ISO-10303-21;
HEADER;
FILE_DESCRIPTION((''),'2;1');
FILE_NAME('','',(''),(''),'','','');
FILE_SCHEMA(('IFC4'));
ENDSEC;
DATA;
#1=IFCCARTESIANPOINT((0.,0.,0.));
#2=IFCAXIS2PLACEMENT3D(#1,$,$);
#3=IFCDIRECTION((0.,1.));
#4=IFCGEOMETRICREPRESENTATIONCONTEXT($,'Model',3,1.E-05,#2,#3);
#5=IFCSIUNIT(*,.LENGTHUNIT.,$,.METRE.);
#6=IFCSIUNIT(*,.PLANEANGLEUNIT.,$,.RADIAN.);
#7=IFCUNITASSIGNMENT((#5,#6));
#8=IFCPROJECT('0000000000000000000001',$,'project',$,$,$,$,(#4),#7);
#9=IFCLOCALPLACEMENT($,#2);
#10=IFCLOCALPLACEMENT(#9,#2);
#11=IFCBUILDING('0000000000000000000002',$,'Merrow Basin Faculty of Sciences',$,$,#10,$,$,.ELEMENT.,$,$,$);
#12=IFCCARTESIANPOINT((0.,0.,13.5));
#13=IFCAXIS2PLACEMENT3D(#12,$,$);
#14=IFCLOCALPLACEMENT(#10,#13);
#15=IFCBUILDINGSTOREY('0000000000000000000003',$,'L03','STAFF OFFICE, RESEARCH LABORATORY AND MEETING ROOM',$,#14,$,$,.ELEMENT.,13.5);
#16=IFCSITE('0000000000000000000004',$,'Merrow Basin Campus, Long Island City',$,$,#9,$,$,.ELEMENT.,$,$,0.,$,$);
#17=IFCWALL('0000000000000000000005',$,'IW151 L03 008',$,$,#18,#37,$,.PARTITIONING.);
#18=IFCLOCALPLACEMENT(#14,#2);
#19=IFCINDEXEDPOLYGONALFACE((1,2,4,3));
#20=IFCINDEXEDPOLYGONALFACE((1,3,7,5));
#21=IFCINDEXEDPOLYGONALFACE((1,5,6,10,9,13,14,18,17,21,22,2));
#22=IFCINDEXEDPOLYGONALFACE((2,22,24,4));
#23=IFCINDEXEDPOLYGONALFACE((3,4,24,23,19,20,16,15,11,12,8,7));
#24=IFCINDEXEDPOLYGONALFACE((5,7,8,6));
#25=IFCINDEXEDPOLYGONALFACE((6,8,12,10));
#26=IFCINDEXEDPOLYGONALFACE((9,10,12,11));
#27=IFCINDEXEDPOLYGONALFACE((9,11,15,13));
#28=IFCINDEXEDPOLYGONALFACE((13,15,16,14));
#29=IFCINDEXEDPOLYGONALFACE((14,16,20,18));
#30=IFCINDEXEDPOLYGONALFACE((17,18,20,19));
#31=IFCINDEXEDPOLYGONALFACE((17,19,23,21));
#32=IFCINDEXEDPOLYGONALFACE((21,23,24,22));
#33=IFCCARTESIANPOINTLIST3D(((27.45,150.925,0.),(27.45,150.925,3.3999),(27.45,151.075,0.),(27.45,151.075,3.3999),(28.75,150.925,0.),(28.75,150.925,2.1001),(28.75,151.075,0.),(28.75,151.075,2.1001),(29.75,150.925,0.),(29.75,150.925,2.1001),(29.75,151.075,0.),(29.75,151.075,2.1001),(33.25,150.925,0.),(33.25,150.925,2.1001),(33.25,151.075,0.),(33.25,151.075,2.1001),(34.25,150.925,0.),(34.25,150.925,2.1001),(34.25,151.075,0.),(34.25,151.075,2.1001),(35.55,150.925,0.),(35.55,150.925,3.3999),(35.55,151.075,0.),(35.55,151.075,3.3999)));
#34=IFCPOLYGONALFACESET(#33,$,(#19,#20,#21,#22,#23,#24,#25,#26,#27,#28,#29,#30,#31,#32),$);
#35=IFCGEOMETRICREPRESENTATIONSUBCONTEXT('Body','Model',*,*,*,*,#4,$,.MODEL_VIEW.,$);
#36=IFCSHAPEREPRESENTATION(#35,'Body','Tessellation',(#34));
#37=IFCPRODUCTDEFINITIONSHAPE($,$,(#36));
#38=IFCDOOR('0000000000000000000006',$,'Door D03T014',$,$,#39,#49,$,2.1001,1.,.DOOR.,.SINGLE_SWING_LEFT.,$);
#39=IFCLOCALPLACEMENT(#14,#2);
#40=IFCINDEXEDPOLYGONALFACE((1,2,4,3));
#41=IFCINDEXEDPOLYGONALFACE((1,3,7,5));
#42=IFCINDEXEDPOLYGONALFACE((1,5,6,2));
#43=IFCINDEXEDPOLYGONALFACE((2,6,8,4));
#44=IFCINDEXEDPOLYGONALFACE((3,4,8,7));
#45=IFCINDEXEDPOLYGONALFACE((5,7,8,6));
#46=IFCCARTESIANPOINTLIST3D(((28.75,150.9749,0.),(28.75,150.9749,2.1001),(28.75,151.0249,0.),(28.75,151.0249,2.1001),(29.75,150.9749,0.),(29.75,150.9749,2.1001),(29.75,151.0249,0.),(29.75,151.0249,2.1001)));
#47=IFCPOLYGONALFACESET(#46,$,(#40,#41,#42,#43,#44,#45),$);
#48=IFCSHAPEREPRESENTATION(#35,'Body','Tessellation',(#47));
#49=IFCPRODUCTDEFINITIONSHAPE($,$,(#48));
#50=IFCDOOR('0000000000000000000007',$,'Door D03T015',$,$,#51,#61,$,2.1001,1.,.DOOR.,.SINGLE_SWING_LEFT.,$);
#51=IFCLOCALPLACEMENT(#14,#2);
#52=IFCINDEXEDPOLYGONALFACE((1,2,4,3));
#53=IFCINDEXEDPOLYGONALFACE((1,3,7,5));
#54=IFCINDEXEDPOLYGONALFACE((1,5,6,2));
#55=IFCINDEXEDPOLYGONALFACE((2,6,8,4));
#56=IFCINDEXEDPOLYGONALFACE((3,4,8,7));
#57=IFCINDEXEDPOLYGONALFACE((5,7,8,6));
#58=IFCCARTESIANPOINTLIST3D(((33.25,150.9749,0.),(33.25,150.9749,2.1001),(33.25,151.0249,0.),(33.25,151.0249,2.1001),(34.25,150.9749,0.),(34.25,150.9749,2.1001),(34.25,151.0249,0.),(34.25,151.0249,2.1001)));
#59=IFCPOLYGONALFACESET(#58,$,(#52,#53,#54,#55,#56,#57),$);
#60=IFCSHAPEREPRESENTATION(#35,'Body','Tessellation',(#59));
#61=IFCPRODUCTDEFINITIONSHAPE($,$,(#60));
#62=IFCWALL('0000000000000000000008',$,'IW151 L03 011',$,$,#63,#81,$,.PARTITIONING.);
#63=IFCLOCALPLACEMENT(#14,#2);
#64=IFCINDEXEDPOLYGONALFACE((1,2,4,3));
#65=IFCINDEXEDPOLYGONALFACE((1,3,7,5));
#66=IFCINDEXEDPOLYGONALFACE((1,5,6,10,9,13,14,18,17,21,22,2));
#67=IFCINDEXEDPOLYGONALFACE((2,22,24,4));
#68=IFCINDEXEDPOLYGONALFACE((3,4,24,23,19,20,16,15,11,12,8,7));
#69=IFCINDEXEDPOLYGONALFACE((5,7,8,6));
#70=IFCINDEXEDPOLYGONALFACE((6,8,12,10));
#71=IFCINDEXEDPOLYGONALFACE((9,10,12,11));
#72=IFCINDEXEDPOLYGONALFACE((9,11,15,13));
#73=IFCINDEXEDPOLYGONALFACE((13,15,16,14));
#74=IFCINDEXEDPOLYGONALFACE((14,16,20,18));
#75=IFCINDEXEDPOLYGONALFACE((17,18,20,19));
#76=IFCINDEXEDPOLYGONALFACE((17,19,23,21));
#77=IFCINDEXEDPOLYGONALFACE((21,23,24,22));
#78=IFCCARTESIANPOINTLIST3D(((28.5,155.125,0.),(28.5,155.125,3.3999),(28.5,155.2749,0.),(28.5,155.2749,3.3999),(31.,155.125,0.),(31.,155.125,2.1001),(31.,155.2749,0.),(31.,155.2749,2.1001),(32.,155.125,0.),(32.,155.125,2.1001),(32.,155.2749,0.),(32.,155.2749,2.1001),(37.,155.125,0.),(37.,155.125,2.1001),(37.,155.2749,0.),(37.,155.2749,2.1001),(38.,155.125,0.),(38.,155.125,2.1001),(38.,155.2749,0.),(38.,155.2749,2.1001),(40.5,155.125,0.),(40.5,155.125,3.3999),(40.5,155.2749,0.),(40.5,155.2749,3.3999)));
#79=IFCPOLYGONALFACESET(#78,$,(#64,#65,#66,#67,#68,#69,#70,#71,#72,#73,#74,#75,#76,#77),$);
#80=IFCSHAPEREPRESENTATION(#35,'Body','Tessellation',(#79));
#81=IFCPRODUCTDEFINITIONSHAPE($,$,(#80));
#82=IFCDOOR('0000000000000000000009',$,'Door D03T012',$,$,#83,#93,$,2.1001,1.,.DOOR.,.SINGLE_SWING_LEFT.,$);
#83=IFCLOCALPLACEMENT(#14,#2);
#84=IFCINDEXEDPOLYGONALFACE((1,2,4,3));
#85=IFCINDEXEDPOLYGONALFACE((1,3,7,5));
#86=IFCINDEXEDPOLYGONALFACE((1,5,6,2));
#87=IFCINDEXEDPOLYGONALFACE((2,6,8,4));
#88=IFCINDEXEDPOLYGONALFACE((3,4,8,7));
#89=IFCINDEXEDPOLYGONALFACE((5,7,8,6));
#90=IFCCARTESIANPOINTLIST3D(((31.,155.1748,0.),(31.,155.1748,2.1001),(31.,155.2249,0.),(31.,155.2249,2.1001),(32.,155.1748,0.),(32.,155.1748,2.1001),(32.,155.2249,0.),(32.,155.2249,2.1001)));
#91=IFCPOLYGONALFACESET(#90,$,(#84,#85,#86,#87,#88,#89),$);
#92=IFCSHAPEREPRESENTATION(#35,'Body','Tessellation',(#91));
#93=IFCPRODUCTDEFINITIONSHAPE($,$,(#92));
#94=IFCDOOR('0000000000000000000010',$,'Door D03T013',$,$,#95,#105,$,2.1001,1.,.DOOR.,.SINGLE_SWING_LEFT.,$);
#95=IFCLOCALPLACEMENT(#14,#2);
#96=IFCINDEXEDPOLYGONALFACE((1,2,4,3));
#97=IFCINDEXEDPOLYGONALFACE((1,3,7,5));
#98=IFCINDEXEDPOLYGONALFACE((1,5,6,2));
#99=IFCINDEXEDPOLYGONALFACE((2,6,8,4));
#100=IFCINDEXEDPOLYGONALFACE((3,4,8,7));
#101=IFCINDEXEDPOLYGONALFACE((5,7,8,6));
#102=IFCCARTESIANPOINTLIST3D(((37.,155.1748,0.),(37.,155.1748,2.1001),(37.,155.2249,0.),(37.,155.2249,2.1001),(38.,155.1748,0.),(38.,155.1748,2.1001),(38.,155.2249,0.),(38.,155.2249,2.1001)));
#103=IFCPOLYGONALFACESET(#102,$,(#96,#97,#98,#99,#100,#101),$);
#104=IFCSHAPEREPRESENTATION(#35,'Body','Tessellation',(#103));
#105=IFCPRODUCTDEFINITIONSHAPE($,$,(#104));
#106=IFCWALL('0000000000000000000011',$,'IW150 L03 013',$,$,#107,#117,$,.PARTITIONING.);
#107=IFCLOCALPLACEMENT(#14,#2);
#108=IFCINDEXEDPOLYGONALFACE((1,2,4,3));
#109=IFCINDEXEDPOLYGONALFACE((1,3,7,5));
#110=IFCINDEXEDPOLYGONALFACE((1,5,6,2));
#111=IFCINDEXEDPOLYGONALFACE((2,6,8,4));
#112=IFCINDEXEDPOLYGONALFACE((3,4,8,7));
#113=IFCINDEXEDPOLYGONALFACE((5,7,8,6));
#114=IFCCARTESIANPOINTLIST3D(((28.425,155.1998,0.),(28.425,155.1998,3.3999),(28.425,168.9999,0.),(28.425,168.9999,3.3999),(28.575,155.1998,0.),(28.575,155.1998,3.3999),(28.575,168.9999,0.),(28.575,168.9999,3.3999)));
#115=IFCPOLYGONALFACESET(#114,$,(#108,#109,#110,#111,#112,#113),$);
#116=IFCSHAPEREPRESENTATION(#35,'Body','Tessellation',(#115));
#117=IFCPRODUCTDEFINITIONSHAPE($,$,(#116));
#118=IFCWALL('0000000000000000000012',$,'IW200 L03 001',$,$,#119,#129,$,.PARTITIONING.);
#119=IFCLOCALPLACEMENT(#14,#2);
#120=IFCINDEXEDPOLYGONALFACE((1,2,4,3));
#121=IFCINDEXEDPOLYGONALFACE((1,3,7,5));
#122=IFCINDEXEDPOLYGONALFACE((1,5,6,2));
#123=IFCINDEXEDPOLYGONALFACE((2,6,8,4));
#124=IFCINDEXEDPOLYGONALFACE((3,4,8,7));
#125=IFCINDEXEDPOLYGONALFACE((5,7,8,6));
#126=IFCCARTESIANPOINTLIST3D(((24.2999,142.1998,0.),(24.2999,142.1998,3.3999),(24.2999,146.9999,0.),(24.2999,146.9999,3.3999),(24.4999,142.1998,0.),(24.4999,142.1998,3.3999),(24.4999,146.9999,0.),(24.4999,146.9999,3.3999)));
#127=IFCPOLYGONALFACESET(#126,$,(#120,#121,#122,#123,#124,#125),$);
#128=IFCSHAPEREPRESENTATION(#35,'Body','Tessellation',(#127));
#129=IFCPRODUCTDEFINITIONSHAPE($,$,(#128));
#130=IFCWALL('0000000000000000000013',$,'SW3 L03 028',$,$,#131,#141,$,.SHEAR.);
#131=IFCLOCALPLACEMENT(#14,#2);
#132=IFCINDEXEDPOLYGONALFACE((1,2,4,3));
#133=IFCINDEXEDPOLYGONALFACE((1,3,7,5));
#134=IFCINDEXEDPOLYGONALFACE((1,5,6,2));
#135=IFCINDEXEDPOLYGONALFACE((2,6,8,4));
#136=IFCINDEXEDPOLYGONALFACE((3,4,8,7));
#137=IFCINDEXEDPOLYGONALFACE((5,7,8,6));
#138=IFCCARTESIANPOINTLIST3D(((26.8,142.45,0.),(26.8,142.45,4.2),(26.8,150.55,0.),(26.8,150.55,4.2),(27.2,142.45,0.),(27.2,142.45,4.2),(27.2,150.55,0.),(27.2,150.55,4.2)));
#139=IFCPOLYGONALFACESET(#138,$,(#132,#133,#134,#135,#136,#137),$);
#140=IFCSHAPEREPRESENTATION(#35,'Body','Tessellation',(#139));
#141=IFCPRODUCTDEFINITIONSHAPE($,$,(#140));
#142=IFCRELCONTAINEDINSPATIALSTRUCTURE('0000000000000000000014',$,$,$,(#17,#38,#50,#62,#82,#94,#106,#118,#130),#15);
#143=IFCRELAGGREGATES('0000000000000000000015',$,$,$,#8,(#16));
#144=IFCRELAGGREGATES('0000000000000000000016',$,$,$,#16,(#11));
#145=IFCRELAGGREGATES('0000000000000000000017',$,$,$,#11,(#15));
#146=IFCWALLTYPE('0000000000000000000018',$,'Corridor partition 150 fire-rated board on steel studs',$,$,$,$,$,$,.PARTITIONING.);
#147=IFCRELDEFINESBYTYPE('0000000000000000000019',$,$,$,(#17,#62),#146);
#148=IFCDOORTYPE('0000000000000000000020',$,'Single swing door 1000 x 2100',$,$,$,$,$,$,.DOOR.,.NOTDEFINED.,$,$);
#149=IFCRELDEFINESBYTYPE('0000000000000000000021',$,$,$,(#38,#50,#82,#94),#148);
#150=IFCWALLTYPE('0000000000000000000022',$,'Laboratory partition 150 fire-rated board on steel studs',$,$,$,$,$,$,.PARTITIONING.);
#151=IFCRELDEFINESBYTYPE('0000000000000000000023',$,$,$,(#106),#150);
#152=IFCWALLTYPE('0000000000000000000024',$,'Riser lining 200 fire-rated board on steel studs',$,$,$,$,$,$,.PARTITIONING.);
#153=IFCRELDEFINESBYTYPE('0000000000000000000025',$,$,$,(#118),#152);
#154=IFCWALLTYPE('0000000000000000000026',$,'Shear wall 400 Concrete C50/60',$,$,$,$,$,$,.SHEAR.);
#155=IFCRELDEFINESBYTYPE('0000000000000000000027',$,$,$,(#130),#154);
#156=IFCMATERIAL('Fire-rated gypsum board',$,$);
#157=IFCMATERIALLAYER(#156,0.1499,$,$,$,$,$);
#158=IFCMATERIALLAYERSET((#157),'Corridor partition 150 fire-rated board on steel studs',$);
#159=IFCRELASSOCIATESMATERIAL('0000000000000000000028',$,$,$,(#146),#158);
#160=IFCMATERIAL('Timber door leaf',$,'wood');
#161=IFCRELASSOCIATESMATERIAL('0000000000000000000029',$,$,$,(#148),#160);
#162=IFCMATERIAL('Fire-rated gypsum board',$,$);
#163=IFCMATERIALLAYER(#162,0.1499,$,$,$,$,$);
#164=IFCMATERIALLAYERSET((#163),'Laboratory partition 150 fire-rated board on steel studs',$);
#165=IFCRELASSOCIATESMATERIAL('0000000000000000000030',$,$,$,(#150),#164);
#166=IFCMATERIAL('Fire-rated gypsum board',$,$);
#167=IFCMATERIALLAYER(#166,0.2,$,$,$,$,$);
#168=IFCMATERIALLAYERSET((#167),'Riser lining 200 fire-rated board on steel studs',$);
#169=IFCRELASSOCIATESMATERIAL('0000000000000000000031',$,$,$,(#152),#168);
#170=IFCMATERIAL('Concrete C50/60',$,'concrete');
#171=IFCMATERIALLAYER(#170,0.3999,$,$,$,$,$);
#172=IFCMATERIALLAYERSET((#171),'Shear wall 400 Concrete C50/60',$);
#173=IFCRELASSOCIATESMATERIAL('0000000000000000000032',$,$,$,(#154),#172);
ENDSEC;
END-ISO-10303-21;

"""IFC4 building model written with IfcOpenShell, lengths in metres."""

from ifc_helpers import new_model, si_unit, direction, frame, frame_2d, origin, place, context, subcontext, project, spatial, rectangle, extrude, material, layer, layer_set, type_object, element, fill, save


model = new_model("IFC4")

# Units and contexts
model_context = context("Model", 3, precision=1e-05, world=origin(), true_north=direction((0.0, 1.0)))
body_context = subcontext(model_context, "Body", "Model", "MODEL_VIEW")
ifc_project = project(units=[si_unit("LENGTHUNIT", "METRE"), si_unit("PLANEANGLEUNIT", "RADIAN")], contexts=[model_context])

# Site, building, storey
site_placement = place(None, origin())
site = spatial("IfcSite", under=ifc_project, at=site_placement, Name="Merrow Basin Campus, Long Island City", CompositionType="ELEMENT", RefElevation=0.0)
building_placement = place(site_placement, origin())
building = spatial("IfcBuilding", under=site, at=building_placement, Name="Merrow Basin Faculty of Sciences", CompositionType="ELEMENT")
storey_placement = place(building_placement, frame((0.0, 0.0, 13.5)))
storey = spatial("IfcBuildingStorey", under=building, at=storey_placement, Name="L03", Description="STAFF OFFICE, RESEARCH LABORATORY AND MEETING ROOM", CompositionType="ELEMENT", Elevation=13.5)

# Shared definitions
ifc_material_1 = material(Name="Fire-rated gypsum board")
ifc_layer_1 = layer(ifc_material_1, 0.1499)
ifc_layer_set_1 = layer_set([ifc_layer_1], Name="Corridor partition 150 fire-rated board on steel studs")
wall_type_1 = type_object("IfcWallType", Name="Corridor partition 150 fire-rated board on steel studs", PredefinedType="PARTITIONING", material=ifc_layer_set_1)

# Walls, openings, doors
wall_1_placement = place(storey_placement, frame((27.45, 151.0, 0.0), z_axis=(0.0, 0.0, 1.0), x_axis=(1.0, 0.0, 0.0)))
wall_1 = element("IfcWall", 1, at=wall_1_placement, inside=storey, type_object=wall_type_1, Name="IW151 L03 008", PredefinedType="PARTITIONING", context=body_context, shape_type="SweptSolid", body=[
    extrude(rectangle(XDim=8.1001, YDim=0.1499, at=frame_2d((4.05, 0.0))), origin(), (0.0, 0.0, 1.0), 3.3999),
])
opening_1_placement = place(wall_1_placement, frame((1.3, 0.0, 0.0)))
opening_1 = element("IfcOpeningElement", 2, at=opening_1_placement, cuts=wall_1, PredefinedType="OPENING", context=body_context, shape_type="SweptSolid", body=[
    extrude(rectangle(XDim=1.0, YDim=2.1001, at=frame_2d((0.5, 1.05))), frame((0.0, 0.085, 0.0), z_axis=(0.0, -1.0, 0.0), x_axis=(1.0, 0.0, 0.0)), (0.0, 0.0, 1.0), 0.1699),
])
opening_2_placement = place(wall_1_placement, frame((5.8, 0.0, 0.0)))
opening_2 = element("IfcOpeningElement", 3, at=opening_2_placement, cuts=wall_1, PredefinedType="OPENING", context=body_context, shape_type="SweptSolid", body=[
    extrude(rectangle(XDim=1.0, YDim=2.1001, at=frame_2d((0.5, 1.05))), frame((0.0, 0.085, 0.0), z_axis=(0.0, -1.0, 0.0), x_axis=(1.0, 0.0, 0.0)), (0.0, 0.0, 1.0), 0.1699),
])
ifc_material_2 = material(Name="Timber door leaf", Category="wood")
door_type_1 = type_object("IfcDoorType", Name="Single swing door 1000 x 2100", OperationType="NOTDEFINED", PredefinedType="DOOR", material=ifc_material_2)
door_1_placement = place(opening_1_placement, origin())
door_1 = element("IfcDoor", 4, at=door_1_placement, inside=storey, type_object=door_type_1, Name="Door D03T014", OperationType="SINGLE_SWING_LEFT", OverallHeight=2.1001, OverallWidth=1.0, PredefinedType="DOOR", context=body_context, shape_type="SweptSolid", body=[
    extrude(rectangle(XDim=1.0, YDim=2.1001, at=frame_2d((0.5, 1.05))), frame((0.0, 0.0249, 0.0), z_axis=(0.0, -1.0, 0.0), x_axis=(1.0, 0.0, 0.0)), (0.0, 0.0, 1.0), 0.05),
])
fill(opening_1, door_1)
door_2_placement = place(opening_2_placement, origin())
door_2 = element("IfcDoor", 5, at=door_2_placement, inside=storey, type_object=door_type_1, Name="Door D03T015", OperationType="SINGLE_SWING_LEFT", OverallHeight=2.1001, OverallWidth=1.0, PredefinedType="DOOR", context=body_context, shape_type="SweptSolid", body=[
    extrude(rectangle(XDim=1.0, YDim=2.1001, at=frame_2d((0.5, 1.05))), frame((0.0, 0.0249, 0.0), z_axis=(0.0, -1.0, 0.0), x_axis=(1.0, 0.0, 0.0)), (0.0, 0.0, 1.0), 0.05),
])
fill(opening_2, door_2)
wall_2_placement = place(storey_placement, frame((28.5, 155.2, 0.0), z_axis=(0.0, 0.0, 1.0), x_axis=(1.0, 0.0, 0.0)))
wall_2 = element("IfcWall", 6, at=wall_2_placement, inside=storey, type_object=wall_type_1, Name="IW151 L03 011", PredefinedType="PARTITIONING", context=body_context, shape_type="SweptSolid", body=[
    extrude(rectangle(XDim=12.0, YDim=0.1499, at=frame_2d((6.0, 0.0))), origin(), (0.0, 0.0, 1.0), 3.3999),
])
opening_3_placement = place(wall_2_placement, frame((2.5, 0.0, 0.0)))
opening_3 = element("IfcOpeningElement", 7, at=opening_3_placement, cuts=wall_2, PredefinedType="OPENING", context=body_context, shape_type="SweptSolid", body=[
    extrude(rectangle(XDim=1.0, YDim=2.1001, at=frame_2d((0.5, 1.05))), frame((0.0, 0.085, 0.0), z_axis=(0.0, -1.0, 0.0), x_axis=(1.0, 0.0, 0.0)), (0.0, 0.0, 1.0), 0.1699),
])
opening_4_placement = place(wall_2_placement, frame((8.5, 0.0, 0.0)))
opening_4 = element("IfcOpeningElement", 8, at=opening_4_placement, cuts=wall_2, PredefinedType="OPENING", context=body_context, shape_type="SweptSolid", body=[
    extrude(rectangle(XDim=1.0, YDim=2.1001, at=frame_2d((0.5, 1.05))), frame((0.0, 0.085, 0.0), z_axis=(0.0, -1.0, 0.0), x_axis=(1.0, 0.0, 0.0)), (0.0, 0.0, 1.0), 0.1699),
])
door_3_placement = place(opening_3_placement, origin())
door_3 = element("IfcDoor", 9, at=door_3_placement, inside=storey, type_object=door_type_1, Name="Door D03T012", OperationType="SINGLE_SWING_LEFT", OverallHeight=2.1001, OverallWidth=1.0, PredefinedType="DOOR", context=body_context, shape_type="SweptSolid", body=[
    extrude(rectangle(XDim=1.0, YDim=2.1001, at=frame_2d((0.5, 1.05))), frame((0.0, 0.0249, 0.0), z_axis=(0.0, -1.0, 0.0), x_axis=(1.0, 0.0, 0.0)), (0.0, 0.0, 1.0), 0.05),
])
fill(opening_3, door_3)
door_4_placement = place(opening_4_placement, origin())
door_4 = element("IfcDoor", 10, at=door_4_placement, inside=storey, type_object=door_type_1, Name="Door D03T013", OperationType="SINGLE_SWING_LEFT", OverallHeight=2.1001, OverallWidth=1.0, PredefinedType="DOOR", context=body_context, shape_type="SweptSolid", body=[
    extrude(rectangle(XDim=1.0, YDim=2.1001, at=frame_2d((0.5, 1.05))), frame((0.0, 0.0249, 0.0), z_axis=(0.0, -1.0, 0.0), x_axis=(1.0, 0.0, 0.0)), (0.0, 0.0, 1.0), 0.05),
])
fill(opening_4, door_4)

# Walls
ifc_material_3 = material(Name="Fire-rated gypsum board")
ifc_layer_2 = layer(ifc_material_3, 0.1499)
ifc_layer_set_2 = layer_set([ifc_layer_2], Name="Laboratory partition 150 fire-rated board on steel studs")
wall_type_2 = type_object("IfcWallType", Name="Laboratory partition 150 fire-rated board on steel studs", PredefinedType="PARTITIONING", material=ifc_layer_set_2)
wall_3_placement = place(storey_placement, frame((28.5, 155.2, 0.0), z_axis=(0.0, 0.0, 1.0), x_axis=(0.0, 1.0, 0.0)))
element("IfcWall", 11, at=wall_3_placement, inside=storey, type_object=wall_type_2, Name="IW150 L03 013", PredefinedType="PARTITIONING", context=body_context, shape_type="SweptSolid", body=[
    extrude(rectangle(XDim=13.8, YDim=0.1499, at=frame_2d((6.8999, 0.0))), origin(), (0.0, 0.0, 1.0), 3.3999),
])
ifc_material_4 = material(Name="Fire-rated gypsum board")
ifc_layer_3 = layer(ifc_material_4, 0.2)
ifc_layer_set_3 = layer_set([ifc_layer_3], Name="Riser lining 200 fire-rated board on steel studs")
wall_type_3 = type_object("IfcWallType", Name="Riser lining 200 fire-rated board on steel studs", PredefinedType="PARTITIONING", material=ifc_layer_set_3)
wall_4_placement = place(storey_placement, frame((24.3999, 142.2, 0.0), z_axis=(0.0, 0.0, 1.0), x_axis=(0.0, 1.0, 0.0)))
element("IfcWall", 12, at=wall_4_placement, inside=storey, type_object=wall_type_3, Name="IW200 L03 001", PredefinedType="PARTITIONING", context=body_context, shape_type="SweptSolid", body=[
    extrude(rectangle(XDim=4.8, YDim=0.2, at=frame_2d((2.3999, 0.0))), origin(), (0.0, 0.0, 1.0), 3.3999),
])

# Wall
ifc_material_5 = material(Name="Concrete C50/60", Category="concrete")
ifc_layer_4 = layer(ifc_material_5, 0.3999)
ifc_layer_set_4 = layer_set([ifc_layer_4], Name="Shear wall 400 Concrete C50/60")
wall_type_4 = type_object("IfcWallType", Name="Shear wall 400 Concrete C50/60", PredefinedType="SHEAR", material=ifc_layer_set_4)
wall_5_placement = place(storey_placement, frame((27.0, 142.45, 0.0), z_axis=(0.0, 0.0, 1.0), x_axis=(0.0, 1.0, 0.0)))
element("IfcWall", 13, at=wall_5_placement, inside=storey, type_object=wall_type_4, Name="SW3 L03 028", PredefinedType="SHEAR", context=body_context, shape_type="SweptSolid", body=[
    extrude(rectangle(XDim=8.1001, YDim=0.3999, at=frame_2d((4.05, 0.0))), origin(), (0.0, 0.0, 1.0), 4.2),
])

save(model, "model.ifc")
